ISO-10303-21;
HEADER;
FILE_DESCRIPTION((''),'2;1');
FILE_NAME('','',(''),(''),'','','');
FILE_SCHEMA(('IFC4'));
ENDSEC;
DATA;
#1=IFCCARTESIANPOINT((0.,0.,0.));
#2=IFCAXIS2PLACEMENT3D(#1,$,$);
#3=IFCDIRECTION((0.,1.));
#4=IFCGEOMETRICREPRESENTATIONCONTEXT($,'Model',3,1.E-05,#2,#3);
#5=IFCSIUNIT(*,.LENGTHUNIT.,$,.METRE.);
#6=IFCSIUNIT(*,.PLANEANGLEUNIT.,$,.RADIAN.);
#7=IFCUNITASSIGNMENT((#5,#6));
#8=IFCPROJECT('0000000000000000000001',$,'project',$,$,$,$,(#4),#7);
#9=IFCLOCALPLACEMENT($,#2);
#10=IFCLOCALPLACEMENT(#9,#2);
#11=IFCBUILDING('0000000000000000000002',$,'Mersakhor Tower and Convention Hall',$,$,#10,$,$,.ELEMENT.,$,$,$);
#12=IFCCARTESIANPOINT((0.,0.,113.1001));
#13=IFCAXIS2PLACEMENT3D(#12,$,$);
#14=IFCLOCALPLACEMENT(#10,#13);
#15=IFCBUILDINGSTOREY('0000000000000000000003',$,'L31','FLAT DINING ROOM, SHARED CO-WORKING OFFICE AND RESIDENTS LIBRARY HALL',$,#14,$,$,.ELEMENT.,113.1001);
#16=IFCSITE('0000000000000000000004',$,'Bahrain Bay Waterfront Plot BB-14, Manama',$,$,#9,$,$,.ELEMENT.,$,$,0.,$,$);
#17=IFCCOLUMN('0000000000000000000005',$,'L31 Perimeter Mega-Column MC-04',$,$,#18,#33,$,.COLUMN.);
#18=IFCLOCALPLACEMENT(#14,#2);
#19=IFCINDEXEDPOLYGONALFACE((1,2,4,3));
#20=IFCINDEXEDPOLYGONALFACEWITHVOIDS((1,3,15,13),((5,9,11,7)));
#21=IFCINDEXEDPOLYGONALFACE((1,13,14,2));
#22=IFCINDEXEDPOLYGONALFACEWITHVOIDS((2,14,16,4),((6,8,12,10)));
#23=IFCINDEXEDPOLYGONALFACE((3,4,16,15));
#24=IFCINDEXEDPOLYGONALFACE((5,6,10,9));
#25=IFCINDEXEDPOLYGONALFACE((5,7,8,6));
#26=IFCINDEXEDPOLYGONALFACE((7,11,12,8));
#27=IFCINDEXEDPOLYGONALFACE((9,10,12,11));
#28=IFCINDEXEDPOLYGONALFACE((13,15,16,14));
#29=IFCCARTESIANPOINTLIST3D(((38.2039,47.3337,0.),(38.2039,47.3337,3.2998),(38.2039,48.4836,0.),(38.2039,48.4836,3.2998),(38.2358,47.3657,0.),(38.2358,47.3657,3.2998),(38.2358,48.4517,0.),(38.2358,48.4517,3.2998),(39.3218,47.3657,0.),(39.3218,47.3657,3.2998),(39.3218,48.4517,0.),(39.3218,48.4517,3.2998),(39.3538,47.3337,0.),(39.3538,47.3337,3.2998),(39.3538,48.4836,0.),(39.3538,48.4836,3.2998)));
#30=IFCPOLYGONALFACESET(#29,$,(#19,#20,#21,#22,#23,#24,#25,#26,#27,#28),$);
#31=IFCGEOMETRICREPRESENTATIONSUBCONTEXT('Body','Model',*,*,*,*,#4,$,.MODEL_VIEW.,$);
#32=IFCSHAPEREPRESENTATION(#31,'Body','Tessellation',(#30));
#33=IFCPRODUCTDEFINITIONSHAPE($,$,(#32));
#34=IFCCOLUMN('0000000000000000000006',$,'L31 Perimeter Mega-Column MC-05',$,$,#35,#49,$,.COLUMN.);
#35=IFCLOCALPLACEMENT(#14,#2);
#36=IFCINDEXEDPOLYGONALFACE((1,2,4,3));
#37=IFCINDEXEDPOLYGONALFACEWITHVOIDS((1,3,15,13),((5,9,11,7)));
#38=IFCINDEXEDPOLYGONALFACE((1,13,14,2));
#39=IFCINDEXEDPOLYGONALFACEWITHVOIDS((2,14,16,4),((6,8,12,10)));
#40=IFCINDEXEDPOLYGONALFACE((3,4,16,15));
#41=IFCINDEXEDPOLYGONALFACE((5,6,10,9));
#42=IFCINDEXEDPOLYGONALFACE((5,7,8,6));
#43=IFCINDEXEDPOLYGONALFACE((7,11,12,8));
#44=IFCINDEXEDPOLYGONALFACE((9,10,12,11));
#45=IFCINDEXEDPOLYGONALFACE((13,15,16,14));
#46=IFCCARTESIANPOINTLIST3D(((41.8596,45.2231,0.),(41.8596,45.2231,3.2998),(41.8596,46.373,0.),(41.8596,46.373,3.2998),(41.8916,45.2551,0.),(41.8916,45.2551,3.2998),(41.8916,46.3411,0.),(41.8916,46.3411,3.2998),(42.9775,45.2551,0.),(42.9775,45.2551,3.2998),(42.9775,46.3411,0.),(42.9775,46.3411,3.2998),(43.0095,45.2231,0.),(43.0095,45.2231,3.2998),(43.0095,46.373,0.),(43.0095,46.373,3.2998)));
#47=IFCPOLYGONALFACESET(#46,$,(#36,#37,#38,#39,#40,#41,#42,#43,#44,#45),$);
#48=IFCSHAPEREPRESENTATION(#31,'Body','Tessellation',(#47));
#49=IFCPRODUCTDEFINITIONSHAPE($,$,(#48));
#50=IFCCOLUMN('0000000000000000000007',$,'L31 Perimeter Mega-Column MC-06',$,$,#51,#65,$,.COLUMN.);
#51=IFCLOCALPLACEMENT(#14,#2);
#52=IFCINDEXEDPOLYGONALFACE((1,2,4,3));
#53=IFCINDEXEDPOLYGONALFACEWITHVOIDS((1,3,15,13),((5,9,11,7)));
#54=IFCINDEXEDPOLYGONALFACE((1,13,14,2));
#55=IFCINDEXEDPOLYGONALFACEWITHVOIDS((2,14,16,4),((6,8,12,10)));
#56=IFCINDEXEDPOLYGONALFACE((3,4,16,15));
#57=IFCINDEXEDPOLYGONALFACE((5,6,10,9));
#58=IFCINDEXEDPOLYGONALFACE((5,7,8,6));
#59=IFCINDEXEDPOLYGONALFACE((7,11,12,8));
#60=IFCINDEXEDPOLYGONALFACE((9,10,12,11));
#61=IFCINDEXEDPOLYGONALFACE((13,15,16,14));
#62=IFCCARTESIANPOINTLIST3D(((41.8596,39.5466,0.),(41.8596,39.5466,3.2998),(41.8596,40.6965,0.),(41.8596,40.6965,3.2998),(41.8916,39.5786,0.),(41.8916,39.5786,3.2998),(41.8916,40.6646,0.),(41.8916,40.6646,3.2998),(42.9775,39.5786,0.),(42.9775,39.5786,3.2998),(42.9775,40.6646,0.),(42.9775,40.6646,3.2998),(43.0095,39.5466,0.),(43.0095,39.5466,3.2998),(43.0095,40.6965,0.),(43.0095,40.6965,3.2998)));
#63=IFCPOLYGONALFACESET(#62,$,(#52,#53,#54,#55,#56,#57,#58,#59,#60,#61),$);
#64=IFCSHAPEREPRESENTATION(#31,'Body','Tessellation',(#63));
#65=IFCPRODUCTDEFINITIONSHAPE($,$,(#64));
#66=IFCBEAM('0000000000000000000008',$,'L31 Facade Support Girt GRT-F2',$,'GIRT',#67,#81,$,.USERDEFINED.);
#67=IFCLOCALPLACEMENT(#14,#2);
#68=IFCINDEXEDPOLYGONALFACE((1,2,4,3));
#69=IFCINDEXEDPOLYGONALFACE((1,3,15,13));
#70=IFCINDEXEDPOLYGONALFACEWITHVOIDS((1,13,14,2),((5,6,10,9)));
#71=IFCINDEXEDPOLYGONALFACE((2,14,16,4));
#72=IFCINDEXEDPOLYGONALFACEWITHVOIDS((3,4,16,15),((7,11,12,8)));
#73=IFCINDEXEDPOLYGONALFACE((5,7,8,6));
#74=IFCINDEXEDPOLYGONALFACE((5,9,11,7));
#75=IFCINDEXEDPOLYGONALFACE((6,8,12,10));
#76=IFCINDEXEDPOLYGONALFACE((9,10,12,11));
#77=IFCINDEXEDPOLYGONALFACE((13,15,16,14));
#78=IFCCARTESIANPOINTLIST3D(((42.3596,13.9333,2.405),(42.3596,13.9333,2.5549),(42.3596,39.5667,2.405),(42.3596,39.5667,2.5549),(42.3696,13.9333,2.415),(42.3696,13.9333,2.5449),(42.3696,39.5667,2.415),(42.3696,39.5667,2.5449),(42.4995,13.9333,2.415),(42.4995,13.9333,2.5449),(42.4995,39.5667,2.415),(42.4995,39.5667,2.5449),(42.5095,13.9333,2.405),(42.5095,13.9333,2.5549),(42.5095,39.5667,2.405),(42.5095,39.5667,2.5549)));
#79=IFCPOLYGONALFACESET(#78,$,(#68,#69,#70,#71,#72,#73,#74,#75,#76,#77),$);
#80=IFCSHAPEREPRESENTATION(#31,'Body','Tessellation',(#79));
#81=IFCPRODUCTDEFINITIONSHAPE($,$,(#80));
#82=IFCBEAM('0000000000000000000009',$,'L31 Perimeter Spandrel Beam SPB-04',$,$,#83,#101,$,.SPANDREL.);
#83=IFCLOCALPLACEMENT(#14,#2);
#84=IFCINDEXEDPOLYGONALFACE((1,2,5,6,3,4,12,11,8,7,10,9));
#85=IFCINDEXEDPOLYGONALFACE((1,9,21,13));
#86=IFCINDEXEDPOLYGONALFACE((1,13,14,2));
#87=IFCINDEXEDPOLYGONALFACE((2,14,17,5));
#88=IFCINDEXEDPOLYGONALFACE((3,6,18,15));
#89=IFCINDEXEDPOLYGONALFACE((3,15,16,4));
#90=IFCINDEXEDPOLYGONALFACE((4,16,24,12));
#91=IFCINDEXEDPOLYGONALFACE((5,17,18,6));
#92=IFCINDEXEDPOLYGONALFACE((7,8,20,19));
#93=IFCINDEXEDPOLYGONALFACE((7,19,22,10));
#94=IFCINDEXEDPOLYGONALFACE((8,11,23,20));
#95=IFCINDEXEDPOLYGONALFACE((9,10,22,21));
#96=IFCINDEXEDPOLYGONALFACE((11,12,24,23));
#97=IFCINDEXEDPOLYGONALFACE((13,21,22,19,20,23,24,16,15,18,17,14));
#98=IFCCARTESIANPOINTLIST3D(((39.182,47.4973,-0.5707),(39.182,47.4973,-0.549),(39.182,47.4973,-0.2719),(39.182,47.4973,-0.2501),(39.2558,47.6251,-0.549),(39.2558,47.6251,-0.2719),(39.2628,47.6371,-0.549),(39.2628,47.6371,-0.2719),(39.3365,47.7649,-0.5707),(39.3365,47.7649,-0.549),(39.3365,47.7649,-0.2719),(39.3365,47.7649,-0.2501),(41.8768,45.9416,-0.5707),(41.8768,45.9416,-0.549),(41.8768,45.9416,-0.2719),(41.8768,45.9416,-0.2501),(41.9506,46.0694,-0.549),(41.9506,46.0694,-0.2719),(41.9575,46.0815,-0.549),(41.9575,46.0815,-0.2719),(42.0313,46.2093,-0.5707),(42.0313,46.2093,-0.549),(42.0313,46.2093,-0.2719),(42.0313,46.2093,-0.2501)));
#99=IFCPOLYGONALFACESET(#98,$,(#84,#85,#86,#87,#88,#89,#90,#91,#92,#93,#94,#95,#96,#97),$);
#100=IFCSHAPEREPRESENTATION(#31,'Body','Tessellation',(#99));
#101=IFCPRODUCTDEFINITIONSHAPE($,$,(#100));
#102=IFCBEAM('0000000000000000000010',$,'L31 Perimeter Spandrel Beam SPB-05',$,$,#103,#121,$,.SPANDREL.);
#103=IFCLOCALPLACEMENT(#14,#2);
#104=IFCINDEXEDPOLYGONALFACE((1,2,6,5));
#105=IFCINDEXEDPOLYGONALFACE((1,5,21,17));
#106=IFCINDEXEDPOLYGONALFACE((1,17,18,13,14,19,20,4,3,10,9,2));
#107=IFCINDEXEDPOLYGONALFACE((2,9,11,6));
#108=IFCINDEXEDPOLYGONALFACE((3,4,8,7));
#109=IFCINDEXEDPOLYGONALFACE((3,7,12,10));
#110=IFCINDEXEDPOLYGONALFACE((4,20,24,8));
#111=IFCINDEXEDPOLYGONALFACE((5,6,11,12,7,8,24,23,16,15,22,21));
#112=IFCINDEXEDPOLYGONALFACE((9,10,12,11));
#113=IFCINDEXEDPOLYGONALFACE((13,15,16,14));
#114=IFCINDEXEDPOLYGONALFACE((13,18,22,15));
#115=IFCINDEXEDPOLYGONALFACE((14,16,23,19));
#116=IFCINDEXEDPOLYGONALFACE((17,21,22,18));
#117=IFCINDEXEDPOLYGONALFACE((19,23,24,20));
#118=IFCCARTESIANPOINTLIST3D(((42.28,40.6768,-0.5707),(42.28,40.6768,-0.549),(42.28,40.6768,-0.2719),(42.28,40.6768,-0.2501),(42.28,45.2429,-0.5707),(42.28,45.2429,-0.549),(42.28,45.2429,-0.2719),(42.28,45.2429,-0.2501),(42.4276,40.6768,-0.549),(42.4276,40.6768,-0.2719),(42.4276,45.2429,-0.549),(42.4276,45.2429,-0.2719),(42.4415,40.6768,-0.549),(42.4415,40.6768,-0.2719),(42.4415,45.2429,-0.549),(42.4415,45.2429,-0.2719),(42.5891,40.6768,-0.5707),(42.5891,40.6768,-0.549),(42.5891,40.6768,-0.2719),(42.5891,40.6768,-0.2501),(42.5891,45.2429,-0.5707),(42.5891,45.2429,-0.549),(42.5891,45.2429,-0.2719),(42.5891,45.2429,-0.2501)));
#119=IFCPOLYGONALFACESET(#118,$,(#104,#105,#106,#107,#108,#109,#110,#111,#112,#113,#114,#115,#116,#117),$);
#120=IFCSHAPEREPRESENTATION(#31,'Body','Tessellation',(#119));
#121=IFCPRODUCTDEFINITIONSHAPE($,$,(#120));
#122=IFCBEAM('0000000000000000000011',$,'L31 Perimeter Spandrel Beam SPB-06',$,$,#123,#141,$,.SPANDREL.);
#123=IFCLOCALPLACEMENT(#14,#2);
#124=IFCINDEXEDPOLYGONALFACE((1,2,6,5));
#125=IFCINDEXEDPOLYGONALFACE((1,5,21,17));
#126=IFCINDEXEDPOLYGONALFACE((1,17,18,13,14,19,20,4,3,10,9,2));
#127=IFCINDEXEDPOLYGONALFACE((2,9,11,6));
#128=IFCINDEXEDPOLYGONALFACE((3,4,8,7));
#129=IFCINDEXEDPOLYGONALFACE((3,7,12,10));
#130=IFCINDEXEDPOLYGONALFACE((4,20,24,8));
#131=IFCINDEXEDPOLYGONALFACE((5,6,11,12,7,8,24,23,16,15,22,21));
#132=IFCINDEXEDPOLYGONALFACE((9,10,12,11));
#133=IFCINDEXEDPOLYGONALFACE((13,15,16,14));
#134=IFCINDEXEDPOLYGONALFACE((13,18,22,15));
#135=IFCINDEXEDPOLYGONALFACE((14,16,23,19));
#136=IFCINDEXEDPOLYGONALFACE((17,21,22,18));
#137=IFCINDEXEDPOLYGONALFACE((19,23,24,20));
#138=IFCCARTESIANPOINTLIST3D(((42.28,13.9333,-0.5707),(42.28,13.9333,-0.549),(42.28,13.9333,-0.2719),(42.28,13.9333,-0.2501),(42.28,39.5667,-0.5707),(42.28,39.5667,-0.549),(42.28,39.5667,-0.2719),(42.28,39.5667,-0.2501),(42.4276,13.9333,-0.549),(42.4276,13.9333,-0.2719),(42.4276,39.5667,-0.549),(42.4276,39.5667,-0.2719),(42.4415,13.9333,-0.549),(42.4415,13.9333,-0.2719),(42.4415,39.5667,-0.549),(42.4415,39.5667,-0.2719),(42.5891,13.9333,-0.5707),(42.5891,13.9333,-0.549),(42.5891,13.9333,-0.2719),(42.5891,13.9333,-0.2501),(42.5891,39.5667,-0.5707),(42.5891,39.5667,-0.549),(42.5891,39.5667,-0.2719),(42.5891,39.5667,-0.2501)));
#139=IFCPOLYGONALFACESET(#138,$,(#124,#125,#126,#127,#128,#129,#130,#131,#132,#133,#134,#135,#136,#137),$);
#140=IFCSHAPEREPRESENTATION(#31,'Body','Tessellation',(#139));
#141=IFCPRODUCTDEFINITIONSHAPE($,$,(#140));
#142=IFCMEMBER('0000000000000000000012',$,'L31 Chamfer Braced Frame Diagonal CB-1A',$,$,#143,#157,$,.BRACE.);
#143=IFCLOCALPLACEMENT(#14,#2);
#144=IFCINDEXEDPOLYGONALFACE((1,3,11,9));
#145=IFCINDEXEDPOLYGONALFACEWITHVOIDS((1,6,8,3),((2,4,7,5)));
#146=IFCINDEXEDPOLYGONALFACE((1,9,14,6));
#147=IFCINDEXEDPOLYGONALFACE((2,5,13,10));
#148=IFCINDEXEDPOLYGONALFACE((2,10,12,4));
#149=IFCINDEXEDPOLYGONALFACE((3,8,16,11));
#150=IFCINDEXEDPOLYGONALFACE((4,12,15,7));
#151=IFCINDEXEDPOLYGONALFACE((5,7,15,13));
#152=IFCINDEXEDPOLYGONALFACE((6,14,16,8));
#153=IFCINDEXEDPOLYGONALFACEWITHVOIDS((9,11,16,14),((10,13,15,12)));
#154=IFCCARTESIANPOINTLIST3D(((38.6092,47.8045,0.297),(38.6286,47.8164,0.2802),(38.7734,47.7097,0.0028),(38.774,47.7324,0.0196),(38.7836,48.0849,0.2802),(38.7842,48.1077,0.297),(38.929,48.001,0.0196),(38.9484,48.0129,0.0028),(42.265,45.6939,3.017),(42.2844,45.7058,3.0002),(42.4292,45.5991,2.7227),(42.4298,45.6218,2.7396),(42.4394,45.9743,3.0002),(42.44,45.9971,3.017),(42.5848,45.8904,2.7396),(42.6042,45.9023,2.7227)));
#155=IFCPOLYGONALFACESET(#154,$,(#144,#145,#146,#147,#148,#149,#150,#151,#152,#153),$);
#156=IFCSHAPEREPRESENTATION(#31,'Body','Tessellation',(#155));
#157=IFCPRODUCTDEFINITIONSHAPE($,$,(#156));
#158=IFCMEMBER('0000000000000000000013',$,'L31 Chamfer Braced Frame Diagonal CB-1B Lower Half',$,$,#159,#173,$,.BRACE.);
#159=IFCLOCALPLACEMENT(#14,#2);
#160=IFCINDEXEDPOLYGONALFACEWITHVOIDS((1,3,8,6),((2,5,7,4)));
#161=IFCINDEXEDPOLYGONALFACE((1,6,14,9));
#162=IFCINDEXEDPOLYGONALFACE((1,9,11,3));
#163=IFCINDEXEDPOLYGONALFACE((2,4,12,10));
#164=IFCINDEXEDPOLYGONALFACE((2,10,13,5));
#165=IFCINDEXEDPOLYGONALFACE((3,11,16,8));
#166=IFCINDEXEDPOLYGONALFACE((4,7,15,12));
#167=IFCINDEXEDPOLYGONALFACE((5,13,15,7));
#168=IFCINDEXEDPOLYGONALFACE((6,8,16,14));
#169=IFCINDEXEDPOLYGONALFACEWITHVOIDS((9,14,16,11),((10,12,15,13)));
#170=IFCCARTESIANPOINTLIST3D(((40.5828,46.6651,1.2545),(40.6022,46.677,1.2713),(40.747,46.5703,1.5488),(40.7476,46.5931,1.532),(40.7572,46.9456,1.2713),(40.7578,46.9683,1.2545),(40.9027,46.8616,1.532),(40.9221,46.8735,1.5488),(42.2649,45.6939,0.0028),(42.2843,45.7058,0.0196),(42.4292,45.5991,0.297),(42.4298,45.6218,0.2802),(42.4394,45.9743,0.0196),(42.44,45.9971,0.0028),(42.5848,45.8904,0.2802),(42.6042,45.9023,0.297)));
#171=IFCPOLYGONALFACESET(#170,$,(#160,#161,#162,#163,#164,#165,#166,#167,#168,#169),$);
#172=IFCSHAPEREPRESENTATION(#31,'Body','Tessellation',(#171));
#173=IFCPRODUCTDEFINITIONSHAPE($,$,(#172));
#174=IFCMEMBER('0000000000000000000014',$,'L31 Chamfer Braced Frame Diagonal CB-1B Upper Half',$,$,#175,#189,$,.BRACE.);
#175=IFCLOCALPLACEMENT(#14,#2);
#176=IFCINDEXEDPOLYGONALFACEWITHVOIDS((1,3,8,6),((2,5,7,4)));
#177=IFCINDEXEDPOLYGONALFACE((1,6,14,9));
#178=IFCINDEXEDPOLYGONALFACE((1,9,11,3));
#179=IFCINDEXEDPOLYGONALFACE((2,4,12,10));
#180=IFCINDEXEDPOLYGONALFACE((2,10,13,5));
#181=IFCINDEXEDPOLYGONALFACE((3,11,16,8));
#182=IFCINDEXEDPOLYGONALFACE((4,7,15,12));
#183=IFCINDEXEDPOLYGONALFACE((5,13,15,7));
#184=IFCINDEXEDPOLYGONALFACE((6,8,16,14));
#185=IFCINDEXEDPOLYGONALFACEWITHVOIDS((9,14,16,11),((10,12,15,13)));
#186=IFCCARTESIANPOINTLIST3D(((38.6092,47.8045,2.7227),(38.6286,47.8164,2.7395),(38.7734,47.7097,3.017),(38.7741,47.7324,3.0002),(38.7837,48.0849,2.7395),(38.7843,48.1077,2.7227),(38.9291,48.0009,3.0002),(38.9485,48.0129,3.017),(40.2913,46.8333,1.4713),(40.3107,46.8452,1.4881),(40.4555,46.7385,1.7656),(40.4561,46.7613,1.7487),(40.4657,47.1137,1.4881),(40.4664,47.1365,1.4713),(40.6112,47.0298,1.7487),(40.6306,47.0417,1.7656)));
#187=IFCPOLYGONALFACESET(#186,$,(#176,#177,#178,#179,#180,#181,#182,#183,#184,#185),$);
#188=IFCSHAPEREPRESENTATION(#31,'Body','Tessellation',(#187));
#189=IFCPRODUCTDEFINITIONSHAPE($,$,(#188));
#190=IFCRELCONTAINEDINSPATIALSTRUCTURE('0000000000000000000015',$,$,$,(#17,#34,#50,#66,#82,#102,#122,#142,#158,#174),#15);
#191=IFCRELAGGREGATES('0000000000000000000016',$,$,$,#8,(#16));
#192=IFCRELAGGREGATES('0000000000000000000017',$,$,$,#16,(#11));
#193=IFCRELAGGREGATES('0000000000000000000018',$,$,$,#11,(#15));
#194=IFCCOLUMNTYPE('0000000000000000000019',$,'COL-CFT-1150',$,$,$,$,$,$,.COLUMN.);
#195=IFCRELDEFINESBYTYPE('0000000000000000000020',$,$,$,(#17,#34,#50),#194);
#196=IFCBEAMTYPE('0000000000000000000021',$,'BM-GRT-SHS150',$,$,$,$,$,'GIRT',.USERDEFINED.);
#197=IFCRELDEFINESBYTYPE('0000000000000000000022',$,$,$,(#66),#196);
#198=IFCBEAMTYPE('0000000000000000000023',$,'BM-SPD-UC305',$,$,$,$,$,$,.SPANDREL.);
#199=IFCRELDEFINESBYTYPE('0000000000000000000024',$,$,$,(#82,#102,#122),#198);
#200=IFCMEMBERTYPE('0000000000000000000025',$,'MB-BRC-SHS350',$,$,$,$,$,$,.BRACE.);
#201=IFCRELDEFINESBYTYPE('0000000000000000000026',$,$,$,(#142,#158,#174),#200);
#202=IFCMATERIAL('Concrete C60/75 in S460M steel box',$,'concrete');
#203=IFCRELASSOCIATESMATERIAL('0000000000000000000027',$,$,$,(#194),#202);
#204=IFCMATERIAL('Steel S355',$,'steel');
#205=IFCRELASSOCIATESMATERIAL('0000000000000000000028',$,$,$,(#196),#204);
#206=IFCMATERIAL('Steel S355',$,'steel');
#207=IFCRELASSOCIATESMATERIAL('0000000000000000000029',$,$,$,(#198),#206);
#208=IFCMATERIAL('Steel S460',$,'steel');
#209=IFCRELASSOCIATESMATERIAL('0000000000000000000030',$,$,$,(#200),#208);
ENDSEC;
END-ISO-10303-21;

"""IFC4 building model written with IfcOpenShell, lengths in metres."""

from ifc_helpers import new_model, si_unit, direction, frame, origin, origin_2d, place, context, subcontext, project, spatial, hollow_rectangle, i_section, extrude, material, material_profile, profile_set, type_object, element, save


model = new_model("IFC4")

# Units and contexts
model_context = context("Model", 3, precision=1e-05, world=origin(), true_north=direction((0.0, 1.0)))
body_context = subcontext(model_context, "Body", "Model", "MODEL_VIEW")
ifc_project = project(units=[si_unit("LENGTHUNIT", "METRE"), si_unit("PLANEANGLEUNIT", "RADIAN")], contexts=[model_context])

# Site, building, storey
site_placement = place(None, origin())
site = spatial("IfcSite", under=ifc_project, at=site_placement, Name="Bahrain Bay Waterfront Plot BB-14, Manama", CompositionType="ELEMENT", RefElevation=0.0)
building_placement = place(site_placement, origin())
building = spatial("IfcBuilding", under=site, at=building_placement, Name="Mersakhor Tower and Convention Hall", CompositionType="ELEMENT")
storey_placement = place(building_placement, frame((0.0, 0.0, 113.1001)))
storey = spatial("IfcBuildingStorey", under=building, at=storey_placement, Name="L31", Description="FLAT DINING ROOM, SHARED CO-WORKING OFFICE AND RESIDENTS LIBRARY HALL", CompositionType="ELEMENT", Elevation=113.1001)

# Columns
ifc_material_1 = material(Name="Concrete C60/75 in S460M steel box", Category="concrete")
ifc_material_profile_1 = material_profile(ifc_material_1, hollow_rectangle(XDim=1.1499, YDim=1.1499, WallThickness=0.032, at=origin_2d()), Name="SHS 1150x1150x32")
ifc_profile_set_1 = profile_set([ifc_material_profile_1], Name="Concrete C60/75 in S460M steel box")
column_type = type_object("IfcColumnType", Name="COL-CFT-1150", PredefinedType="COLUMN", material=ifc_profile_set_1)
for number, where, z_axis, x_axis, name in (
    (1, (38.7788, 47.9087, 0.0), (0.0, 0.0, 1.0), (1.0, 0.0, 0.0), "L31 Perimeter Mega-Column MC-04"),
    (2, (42.4346, 45.7981, 0.0), (0.0, 0.0, 1.0), (1.0, 0.0, 0.0), "L31 Perimeter Mega-Column MC-05"),
    (3, (42.4346, 40.1216, 0.0), (0.0, 0.0, 1.0), (1.0, 0.0, 0.0), "L31 Perimeter Mega-Column MC-06"),
):
    element("IfcColumn", number, at=place(storey_placement, frame(where, z_axis=z_axis, x_axis=x_axis)), inside=storey, type_object=column_type, Name=name, PredefinedType="COLUMN", context=body_context, shape_type="SweptSolid", body=[
        extrude(hollow_rectangle(XDim=1.1499, YDim=1.1499, WallThickness=0.032, at=origin_2d()), origin(), (0.0, 0.0, 1.0), 3.2998),
    ])

# Beams
ifc_material_2 = material(Name="Steel S355", Category="steel")
ifc_material_profile_2 = material_profile(ifc_material_2, hollow_rectangle(XDim=0.1499, YDim=0.1499, WallThickness=0.01, at=origin_2d()), Name="SHS 150x150x10")
ifc_profile_set_2 = profile_set([ifc_material_profile_2], Name="Steel S355")
beam_type_1 = type_object("IfcBeamType", Name="BM-GRT-SHS150", ElementType="GIRT", PredefinedType="USERDEFINED", material=ifc_profile_set_2)
beam_1_placement = place(storey_placement, frame((42.4346, 39.5667, 2.48), z_axis=(0.0, -1.0, 0.0), x_axis=(1.0, 0.0, 0.0)))
element("IfcBeam", 4, at=beam_1_placement, inside=storey, type_object=beam_type_1, Name="L31 Facade Support Girt GRT-F2", ObjectType="GIRT", PredefinedType="USERDEFINED", context=body_context, shape_type="SweptSolid", body=[
    extrude(hollow_rectangle(XDim=0.1499, YDim=0.1499, WallThickness=0.01, at=origin_2d()), origin(), (0.0, 0.0, 1.0), 25.6333),
])
ifc_material_3 = material(Name="Steel S355", Category="steel")
ifc_material_profile_3 = material_profile(ifc_material_3, i_section(OverallWidth=0.3091, OverallDepth=0.3206, WebThickness=0.0139, FlangeThickness=0.0217, at=origin_2d()), Name="UC 305x305x137")
ifc_profile_set_3 = profile_set([ifc_material_profile_3], Name="Steel S355")
beam_type_2 = type_object("IfcBeamType", Name="BM-SPD-UC305", PredefinedType="SPANDREL", material=ifc_profile_set_3)
beam_2_placement = place(storey_placement, frame((39.2593, 47.6311, -0.4104), z_axis=(0.866052, -0.499953, 0.0), x_axis=(0.499953, 0.866052, 0.0)))
element("IfcBeam", 5, at=beam_2_placement, inside=storey, type_object=beam_type_2, Name="L31 Perimeter Spandrel Beam SPB-04", PredefinedType="SPANDREL", context=body_context, shape_type="SweptSolid", body=[
    extrude(i_section(OverallWidth=0.3091, OverallDepth=0.3206, WebThickness=0.0139, FlangeThickness=0.0217, at=origin_2d()), origin(), (0.0, 0.0, 1.0), 3.1116),
])
beam_3_placement = place(storey_placement, frame((42.4346, 45.2429, -0.4104), z_axis=(0.0, -1.0, 0.0), x_axis=(1.0, 0.0, 0.0)))
element("IfcBeam", 6, at=beam_3_placement, inside=storey, type_object=beam_type_2, Name="L31 Perimeter Spandrel Beam SPB-05", PredefinedType="SPANDREL", context=body_context, shape_type="SweptSolid", body=[
    extrude(i_section(OverallWidth=0.3091, OverallDepth=0.3206, WebThickness=0.0139, FlangeThickness=0.0217, at=origin_2d()), origin(), (0.0, 0.0, 1.0), 4.5662),
])
beam_4_placement = place(storey_placement, frame((42.4346, 39.5667, -0.4104), z_axis=(0.0, -1.0, 0.0), x_axis=(1.0, 0.0, 0.0)))
element("IfcBeam", 7, at=beam_4_placement, inside=storey, type_object=beam_type_2, Name="L31 Perimeter Spandrel Beam SPB-06", PredefinedType="SPANDREL", context=body_context, shape_type="SweptSolid", body=[
    extrude(i_section(OverallWidth=0.3091, OverallDepth=0.3206, WebThickness=0.0139, FlangeThickness=0.0217, at=origin_2d()), origin(), (0.0, 0.0, 1.0), 25.6333),
])

# Members
ifc_material_4 = material(Name="Steel S460", Category="steel")
ifc_material_profile_4 = material_profile(ifc_material_4, hollow_rectangle(XDim=0.3501, YDim=0.3501, WallThickness=0.02, at=origin_2d()), Name="SHS 350x350x20")
ifc_profile_set_4 = profile_set([ifc_material_profile_4], Name="Steel S460")
member_type = type_object("IfcMemberType", Name="MB-BRC-SHS350", PredefinedType="BRACE", material=ifc_profile_set_4)
member_1_placement = place(storey_placement, frame((38.7788, 47.9087, 0.1499), z_axis=(0.727993, -0.420295, 0.541644), x_axis=(0.499989, 0.866031, 0.0)))
element("IfcMember", 8, at=member_1_placement, inside=storey, type_object=member_type, Name="L31 Chamfer Braced Frame Diagonal CB-1A", PredefinedType="BRACE", context=body_context, shape_type="SweptSolid", body=[
    extrude(hollow_rectangle(XDim=0.3501, YDim=0.3501, WallThickness=0.02, at=origin_2d()), origin(), (0.0, 0.0, 1.0), 5.0217),
])
member_2_placement = place(storey_placement, frame((42.4346, 45.7981, 0.1499), z_axis=(-0.727959, 0.420293, 0.54169), x_axis=(-0.500005, -0.866022, 0.0)))
element("IfcMember", 9, at=member_2_placement, inside=storey, type_object=member_type, Name="L31 Chamfer Braced Frame Diagonal CB-1B Lower Half", PredefinedType="BRACE", context=body_context, shape_type="SweptSolid", body=[
    extrude(hollow_rectangle(XDim=0.3501, YDim=0.3501, WallThickness=0.02, at=origin_2d()), origin(), (0.0, 0.0, 1.0), 2.3108),
])
member_3_placement = place(storey_placement, frame((40.4609, 46.9375, 1.6184), z_axis=(-0.728001, 0.420318, 0.541616), x_axis=(-0.500005, -0.866022, 0.0)))
element("IfcMember", 10, at=member_3_placement, inside=storey, type_object=member_type, Name="L31 Chamfer Braced Frame Diagonal CB-1B Upper Half", PredefinedType="BRACE", context=body_context, shape_type="SweptSolid", body=[
    extrude(hollow_rectangle(XDim=0.3501, YDim=0.3501, WallThickness=0.02, at=origin_2d()), origin(), (0.0, 0.0, 1.0), 2.3105),
])

save(model, "model.ifc")
